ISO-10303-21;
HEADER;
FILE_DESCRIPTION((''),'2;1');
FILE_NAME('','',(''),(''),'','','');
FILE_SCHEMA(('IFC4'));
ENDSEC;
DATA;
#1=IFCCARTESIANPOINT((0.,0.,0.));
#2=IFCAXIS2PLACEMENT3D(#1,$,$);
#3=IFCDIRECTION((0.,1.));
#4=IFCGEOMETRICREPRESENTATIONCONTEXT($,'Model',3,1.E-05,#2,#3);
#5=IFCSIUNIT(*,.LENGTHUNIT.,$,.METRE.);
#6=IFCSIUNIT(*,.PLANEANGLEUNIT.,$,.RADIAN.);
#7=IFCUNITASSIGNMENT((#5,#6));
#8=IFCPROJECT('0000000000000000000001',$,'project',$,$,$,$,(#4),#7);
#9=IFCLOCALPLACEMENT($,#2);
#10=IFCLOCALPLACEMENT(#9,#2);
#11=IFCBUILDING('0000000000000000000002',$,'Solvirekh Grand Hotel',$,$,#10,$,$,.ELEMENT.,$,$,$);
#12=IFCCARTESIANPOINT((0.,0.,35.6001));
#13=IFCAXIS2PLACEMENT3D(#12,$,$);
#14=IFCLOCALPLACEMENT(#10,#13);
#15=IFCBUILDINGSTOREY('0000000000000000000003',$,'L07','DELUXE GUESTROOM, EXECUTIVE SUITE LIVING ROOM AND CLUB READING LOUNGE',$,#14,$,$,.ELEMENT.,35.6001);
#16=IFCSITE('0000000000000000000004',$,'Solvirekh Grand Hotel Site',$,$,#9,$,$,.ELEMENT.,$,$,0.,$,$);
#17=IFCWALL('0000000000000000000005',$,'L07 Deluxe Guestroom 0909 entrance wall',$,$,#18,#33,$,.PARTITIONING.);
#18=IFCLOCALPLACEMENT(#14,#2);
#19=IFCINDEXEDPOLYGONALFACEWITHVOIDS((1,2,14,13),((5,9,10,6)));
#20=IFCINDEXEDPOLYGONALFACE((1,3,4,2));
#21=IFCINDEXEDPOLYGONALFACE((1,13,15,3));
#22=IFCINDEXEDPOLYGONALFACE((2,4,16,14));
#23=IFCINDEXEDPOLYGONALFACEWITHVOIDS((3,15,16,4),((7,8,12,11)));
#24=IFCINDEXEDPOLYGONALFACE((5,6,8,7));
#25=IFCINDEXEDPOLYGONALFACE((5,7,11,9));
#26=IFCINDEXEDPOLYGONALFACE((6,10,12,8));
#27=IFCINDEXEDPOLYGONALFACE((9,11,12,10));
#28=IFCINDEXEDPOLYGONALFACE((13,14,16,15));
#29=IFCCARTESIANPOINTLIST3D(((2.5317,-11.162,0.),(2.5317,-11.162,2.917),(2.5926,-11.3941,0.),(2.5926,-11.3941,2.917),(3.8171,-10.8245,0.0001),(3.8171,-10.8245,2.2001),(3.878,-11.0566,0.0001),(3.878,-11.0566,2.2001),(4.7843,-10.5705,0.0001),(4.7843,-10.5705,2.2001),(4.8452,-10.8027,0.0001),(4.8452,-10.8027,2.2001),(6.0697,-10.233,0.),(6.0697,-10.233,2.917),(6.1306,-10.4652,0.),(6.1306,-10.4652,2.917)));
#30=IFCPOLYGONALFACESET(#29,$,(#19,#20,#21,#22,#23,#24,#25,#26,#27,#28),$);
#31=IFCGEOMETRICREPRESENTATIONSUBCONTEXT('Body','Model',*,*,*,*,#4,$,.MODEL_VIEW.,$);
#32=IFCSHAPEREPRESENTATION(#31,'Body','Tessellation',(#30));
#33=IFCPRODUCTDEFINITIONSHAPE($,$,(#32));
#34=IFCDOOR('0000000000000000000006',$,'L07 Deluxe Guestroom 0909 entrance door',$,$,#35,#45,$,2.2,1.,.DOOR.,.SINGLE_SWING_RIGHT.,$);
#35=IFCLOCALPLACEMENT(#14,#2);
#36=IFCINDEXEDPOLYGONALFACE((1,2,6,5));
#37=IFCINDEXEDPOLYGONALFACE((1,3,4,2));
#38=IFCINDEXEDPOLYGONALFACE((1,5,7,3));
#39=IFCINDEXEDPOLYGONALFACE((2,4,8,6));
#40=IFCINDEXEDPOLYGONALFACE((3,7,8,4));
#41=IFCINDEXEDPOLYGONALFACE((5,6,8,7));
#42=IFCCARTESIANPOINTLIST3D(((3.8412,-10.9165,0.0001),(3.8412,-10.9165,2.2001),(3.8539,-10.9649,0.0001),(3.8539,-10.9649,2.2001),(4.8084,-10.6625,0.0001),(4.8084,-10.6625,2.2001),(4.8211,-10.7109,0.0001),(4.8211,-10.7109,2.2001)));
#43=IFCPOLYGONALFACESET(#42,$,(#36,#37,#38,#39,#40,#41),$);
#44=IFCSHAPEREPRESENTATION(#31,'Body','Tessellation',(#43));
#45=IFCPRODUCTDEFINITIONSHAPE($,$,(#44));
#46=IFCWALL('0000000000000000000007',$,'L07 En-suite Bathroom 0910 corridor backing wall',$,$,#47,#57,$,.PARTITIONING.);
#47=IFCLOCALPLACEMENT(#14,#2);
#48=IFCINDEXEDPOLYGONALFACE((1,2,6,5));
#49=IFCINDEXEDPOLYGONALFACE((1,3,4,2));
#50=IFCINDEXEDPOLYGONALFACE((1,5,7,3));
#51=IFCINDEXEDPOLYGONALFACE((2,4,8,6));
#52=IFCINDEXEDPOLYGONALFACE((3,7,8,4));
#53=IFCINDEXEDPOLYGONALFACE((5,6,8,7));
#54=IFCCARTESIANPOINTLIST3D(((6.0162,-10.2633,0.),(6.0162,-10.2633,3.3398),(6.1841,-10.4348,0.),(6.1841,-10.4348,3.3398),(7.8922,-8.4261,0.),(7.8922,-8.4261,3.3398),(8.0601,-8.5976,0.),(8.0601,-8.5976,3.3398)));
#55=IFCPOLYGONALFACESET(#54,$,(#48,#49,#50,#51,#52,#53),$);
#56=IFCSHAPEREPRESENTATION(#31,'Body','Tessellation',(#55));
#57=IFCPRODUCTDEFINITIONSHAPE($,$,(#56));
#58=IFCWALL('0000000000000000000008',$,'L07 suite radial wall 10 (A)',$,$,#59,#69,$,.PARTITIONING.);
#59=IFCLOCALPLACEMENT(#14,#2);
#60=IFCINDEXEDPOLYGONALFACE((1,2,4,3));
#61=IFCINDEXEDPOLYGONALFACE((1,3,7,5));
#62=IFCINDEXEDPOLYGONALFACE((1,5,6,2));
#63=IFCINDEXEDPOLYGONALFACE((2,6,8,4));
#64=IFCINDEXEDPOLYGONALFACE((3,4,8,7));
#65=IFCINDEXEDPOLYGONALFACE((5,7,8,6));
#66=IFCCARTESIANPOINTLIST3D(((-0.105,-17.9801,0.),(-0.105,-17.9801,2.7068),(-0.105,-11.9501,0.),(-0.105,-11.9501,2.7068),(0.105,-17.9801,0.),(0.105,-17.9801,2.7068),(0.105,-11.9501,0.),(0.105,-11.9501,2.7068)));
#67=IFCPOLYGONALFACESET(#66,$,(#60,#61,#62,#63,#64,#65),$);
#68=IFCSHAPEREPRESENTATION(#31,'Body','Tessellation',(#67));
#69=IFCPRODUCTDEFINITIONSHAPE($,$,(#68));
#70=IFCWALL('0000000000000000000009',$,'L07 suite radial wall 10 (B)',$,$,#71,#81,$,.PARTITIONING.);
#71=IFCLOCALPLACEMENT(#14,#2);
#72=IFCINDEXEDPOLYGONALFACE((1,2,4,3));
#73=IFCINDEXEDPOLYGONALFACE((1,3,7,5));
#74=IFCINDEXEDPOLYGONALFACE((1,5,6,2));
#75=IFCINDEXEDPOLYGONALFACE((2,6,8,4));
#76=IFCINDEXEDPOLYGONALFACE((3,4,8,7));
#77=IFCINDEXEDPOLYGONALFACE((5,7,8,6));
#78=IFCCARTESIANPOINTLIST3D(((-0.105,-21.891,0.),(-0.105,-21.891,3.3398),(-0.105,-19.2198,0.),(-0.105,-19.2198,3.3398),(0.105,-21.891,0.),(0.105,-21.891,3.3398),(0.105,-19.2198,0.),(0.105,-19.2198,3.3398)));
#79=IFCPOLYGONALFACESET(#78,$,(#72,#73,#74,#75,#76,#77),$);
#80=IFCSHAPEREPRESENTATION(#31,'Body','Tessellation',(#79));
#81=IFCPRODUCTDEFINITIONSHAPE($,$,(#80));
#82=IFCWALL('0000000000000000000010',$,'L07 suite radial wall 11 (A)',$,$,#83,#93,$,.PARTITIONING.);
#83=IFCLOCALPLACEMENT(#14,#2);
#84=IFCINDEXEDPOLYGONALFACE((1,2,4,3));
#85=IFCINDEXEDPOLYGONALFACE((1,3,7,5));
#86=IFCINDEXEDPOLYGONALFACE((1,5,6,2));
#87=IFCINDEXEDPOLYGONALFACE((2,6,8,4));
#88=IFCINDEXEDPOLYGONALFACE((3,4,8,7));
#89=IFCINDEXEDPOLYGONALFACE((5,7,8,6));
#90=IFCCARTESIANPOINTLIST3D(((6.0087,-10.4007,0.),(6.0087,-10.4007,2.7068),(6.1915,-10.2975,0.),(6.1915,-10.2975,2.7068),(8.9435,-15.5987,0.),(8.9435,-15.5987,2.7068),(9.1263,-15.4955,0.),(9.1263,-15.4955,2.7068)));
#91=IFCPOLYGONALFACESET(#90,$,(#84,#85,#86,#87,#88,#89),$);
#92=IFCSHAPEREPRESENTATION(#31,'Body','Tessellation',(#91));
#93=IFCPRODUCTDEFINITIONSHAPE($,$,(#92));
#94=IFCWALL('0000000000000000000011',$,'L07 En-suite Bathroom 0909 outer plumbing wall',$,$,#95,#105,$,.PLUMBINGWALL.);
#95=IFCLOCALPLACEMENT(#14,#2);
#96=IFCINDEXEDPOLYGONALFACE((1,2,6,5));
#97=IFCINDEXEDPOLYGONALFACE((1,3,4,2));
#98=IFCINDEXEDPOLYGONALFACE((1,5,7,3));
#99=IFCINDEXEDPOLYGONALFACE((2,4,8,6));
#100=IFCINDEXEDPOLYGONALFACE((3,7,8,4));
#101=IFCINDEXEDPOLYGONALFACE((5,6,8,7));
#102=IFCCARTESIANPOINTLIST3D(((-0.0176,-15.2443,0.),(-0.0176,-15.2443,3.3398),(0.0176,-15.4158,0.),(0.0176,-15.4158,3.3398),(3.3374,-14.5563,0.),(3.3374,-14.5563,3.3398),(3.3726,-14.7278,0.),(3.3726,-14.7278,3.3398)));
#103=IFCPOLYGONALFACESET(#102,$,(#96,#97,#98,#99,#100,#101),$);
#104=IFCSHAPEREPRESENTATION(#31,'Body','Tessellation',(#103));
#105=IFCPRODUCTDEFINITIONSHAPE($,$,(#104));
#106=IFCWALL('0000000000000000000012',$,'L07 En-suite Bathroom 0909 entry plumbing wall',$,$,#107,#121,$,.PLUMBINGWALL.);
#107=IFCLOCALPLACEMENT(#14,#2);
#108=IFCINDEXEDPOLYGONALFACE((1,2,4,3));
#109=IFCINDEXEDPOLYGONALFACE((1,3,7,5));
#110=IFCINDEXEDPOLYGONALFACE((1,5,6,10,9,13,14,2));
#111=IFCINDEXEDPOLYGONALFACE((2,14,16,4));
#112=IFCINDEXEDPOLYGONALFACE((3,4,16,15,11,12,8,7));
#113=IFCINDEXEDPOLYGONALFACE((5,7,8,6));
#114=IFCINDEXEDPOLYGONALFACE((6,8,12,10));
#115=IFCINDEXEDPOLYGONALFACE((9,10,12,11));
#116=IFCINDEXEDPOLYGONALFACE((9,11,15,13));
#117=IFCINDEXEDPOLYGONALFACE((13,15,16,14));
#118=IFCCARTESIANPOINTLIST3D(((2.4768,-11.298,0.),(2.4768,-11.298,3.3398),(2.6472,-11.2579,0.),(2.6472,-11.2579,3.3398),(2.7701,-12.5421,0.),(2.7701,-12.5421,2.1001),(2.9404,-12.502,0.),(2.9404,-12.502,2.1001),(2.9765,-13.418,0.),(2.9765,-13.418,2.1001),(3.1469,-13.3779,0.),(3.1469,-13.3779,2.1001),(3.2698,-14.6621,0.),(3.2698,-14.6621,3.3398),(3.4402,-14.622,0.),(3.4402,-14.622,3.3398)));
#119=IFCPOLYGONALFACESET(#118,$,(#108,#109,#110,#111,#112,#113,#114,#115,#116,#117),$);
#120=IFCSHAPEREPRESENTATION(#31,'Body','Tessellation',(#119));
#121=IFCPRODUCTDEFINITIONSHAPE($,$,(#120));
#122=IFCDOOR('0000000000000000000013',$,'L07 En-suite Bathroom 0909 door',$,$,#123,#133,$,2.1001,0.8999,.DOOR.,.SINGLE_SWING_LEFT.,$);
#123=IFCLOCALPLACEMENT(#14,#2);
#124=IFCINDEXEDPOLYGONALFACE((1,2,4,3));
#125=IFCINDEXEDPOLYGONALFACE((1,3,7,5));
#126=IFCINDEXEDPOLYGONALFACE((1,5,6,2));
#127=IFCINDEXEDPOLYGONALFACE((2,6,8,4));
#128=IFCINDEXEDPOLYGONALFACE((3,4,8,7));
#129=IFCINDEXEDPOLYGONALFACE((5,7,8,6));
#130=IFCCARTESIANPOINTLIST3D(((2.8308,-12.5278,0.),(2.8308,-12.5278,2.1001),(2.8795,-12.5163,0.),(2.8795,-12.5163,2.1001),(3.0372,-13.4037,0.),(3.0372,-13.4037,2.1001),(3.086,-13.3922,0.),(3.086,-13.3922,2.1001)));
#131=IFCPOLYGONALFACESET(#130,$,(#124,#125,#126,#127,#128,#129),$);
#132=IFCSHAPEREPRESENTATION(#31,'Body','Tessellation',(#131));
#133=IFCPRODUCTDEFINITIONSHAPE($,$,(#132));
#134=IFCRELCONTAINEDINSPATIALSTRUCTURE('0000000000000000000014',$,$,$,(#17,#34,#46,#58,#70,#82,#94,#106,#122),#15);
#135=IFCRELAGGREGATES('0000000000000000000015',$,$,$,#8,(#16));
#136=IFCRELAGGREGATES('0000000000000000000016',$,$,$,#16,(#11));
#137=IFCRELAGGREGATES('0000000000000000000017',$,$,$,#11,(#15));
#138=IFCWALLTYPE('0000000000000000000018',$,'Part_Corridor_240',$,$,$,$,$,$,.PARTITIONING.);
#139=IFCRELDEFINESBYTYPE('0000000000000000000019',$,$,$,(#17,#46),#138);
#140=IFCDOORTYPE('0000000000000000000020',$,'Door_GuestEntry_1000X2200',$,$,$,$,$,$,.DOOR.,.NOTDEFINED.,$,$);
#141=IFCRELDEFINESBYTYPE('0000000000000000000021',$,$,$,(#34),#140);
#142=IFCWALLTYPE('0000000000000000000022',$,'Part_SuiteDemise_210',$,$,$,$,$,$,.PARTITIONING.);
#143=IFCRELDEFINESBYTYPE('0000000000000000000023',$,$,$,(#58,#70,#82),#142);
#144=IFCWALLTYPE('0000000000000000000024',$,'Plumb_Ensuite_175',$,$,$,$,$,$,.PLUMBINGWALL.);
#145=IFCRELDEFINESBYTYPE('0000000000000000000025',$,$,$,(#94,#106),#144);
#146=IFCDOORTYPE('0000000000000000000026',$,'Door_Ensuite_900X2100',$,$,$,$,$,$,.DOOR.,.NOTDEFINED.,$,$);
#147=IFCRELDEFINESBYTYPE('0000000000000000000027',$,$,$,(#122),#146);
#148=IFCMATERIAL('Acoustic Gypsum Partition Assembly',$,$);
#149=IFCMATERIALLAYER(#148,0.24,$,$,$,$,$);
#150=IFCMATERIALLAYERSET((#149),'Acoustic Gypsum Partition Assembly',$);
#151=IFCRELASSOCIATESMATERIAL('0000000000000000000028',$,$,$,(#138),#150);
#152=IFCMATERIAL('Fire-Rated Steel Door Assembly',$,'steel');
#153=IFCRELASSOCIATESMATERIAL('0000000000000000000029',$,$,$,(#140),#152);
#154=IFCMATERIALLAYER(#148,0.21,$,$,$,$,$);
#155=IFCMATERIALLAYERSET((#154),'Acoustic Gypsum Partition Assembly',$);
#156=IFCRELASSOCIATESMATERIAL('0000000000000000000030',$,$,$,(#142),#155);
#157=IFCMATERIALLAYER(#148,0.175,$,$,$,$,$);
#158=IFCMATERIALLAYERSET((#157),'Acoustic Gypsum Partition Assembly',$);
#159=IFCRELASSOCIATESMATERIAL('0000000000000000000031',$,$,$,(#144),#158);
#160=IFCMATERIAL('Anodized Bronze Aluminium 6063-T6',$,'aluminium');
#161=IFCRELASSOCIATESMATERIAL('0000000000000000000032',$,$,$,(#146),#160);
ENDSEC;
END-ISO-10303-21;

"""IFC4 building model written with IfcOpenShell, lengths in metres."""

from ifc_helpers import new_model, si_unit, direction, frame, frame_2d, origin, place, context, subcontext, project, spatial, rectangle, extrude, material, layer, layer_set, type_object, element, fill, save


model = new_model("IFC4")

# Units and contexts
model_context = context("Model", 3, precision=1e-05, world=origin(), true_north=direction((0.0, 1.0)))
body_context = subcontext(model_context, "Body", "Model", "MODEL_VIEW")
ifc_project = project(units=[si_unit("LENGTHUNIT", "METRE"), si_unit("PLANEANGLEUNIT", "RADIAN")], contexts=[model_context])

# Site, building, storey
site_placement = place(None, origin())
site = spatial("IfcSite", under=ifc_project, at=site_placement, Name="Solvirekh Grand Hotel Site", CompositionType="ELEMENT", RefElevation=0.0)
building_placement = place(site_placement, origin())
building = spatial("IfcBuilding", under=site, at=building_placement, Name="Solvirekh Grand Hotel", CompositionType="ELEMENT")
storey_placement = place(building_placement, frame((0.0, 0.0, 35.6001)))
storey = spatial("IfcBuildingStorey", under=building, at=storey_placement, Name="L07", Description="DELUXE GUESTROOM, EXECUTIVE SUITE LIVING ROOM AND CLUB READING LOUNGE", CompositionType="ELEMENT", Elevation=35.6001)

# Shared definitions
ifc_material_1 = material(Name="Fire-Rated Steel Door Assembly", Category="steel")

# Shared definitions
ifc_material_2 = material(Name="Acoustic Gypsum Partition Assembly")
ifc_layer_1 = layer(ifc_material_2, 0.24)
ifc_layer_set_1 = layer_set([ifc_layer_1], Name="Acoustic Gypsum Partition Assembly")
wall_type_1 = type_object("IfcWallType", Name="Part_Corridor_240", PredefinedType="PARTITIONING", material=ifc_layer_set_1)

# Wall, opening, door
wall_1_placement = place(storey_placement, frame((2.562, -11.2781, 0.0), z_axis=(0.0, 0.0, 1.0), x_axis=(0.967217, 0.253951, 0.0)))
wall_1 = element("IfcWall", 1, at=wall_1_placement, inside=storey, type_object=wall_type_1, Name="L07 Deluxe Guestroom 0909 entrance wall", PredefinedType="PARTITIONING", context=body_context, shape_type="SweptSolid", body=[
    extrude(rectangle(XDim=3.658, YDim=0.24, at=frame_2d((1.8291, 0.0))), origin(), (0.0, 0.0, 1.0), 2.917),
])
opening_1_placement = place(wall_1_placement, frame((1.3291, 0.0, 0.0)))
opening_1 = element("IfcOpeningElement", 2, at=opening_1_placement, cuts=wall_1, PredefinedType="OPENING", context=body_context, shape_type="SweptSolid", body=[
    extrude(rectangle(XDim=1.0, YDim=2.2, at=frame_2d((0.5, 1.1001))), frame((0.0, 0.1299, 0.0), z_axis=(0.0, -1.0, 0.0), x_axis=(1.0, 0.0, 0.0)), (0.0, 0.0, 1.0), 0.26),
])
door_type_1 = type_object("IfcDoorType", Name="Door_GuestEntry_1000X2200", OperationType="NOTDEFINED", PredefinedType="DOOR", material=ifc_material_1)
door_1_placement = place(opening_1_placement, origin())
door_1 = element("IfcDoor", 3, at=door_1_placement, inside=storey, type_object=door_type_1, Name="L07 Deluxe Guestroom 0909 entrance door", OperationType="SINGLE_SWING_RIGHT", OverallHeight=2.2, OverallWidth=1.0, PredefinedType="DOOR", context=body_context, shape_type="SweptSolid", body=[
    extrude(rectangle(XDim=1.0, YDim=2.2, at=frame_2d((0.5, 1.1001))), frame((0.0, 0.0249, 0.0), z_axis=(0.0, -1.0, 0.0), x_axis=(1.0, 0.0, 0.0)), (0.0, 0.0, 1.0), 0.05),
])
fill(opening_1, door_1)

# Walls
wall_2_placement = place(storey_placement, frame((6.1001, -10.3491, 0.0), z_axis=(0.0, 0.0, 1.0), x_axis=(0.71446, 0.699676, 0.0)))
element("IfcWall", 4, at=wall_2_placement, inside=storey, type_object=wall_type_1, Name="L07 En-suite Bathroom 0910 corridor backing wall", PredefinedType="PARTITIONING", context=body_context, shape_type="SweptSolid", body=[
    extrude(rectangle(XDim=2.6257, YDim=0.24, at=frame_2d((1.313, 0.0))), origin(), (0.0, 0.0, 1.0), 3.3398),
])
ifc_layer_2 = layer(ifc_material_2, 0.21)
ifc_layer_set_2 = layer_set([ifc_layer_2], Name="Acoustic Gypsum Partition Assembly")
wall_type_2 = type_object("IfcWallType", Name="Part_SuiteDemise_210", PredefinedType="PARTITIONING", material=ifc_layer_set_2)
wall_3_placement = place(storey_placement, frame((0.0, -11.95, 0.0), z_axis=(0.0, 0.0, 1.0), x_axis=(0.0, -1.0, 0.0)))
element("IfcWall", 5, at=wall_3_placement, inside=storey, type_object=wall_type_2, Name="L07 suite radial wall 10 (A)", PredefinedType="PARTITIONING", context=body_context, shape_type="SweptSolid", body=[
    extrude(rectangle(XDim=6.03, YDim=0.21, at=frame_2d((3.0151, 0.0))), origin(), (0.0, 0.0, 1.0), 2.7068),
])
wall_4_placement = place(storey_placement, frame((0.0, -19.22, 0.0), z_axis=(0.0, 0.0, 1.0), x_axis=(0.0, -1.0, 0.0)))
element("IfcWall", 6, at=wall_4_placement, inside=storey, type_object=wall_type_2, Name="L07 suite radial wall 10 (B)", PredefinedType="PARTITIONING", context=body_context, shape_type="SweptSolid", body=[
    extrude(rectangle(XDim=2.6711, YDim=0.21, at=frame_2d((1.3354, 0.0))), origin(), (0.0, 0.0, 1.0), 3.3398),
])
wall_5_placement = place(storey_placement, frame((6.1001, -10.3491, 0.0), z_axis=(0.0, 0.0, 1.0), x_axis=(0.491653, -0.870791, 0.0)))
element("IfcWall", 7, at=wall_5_placement, inside=storey, type_object=wall_type_2, Name="L07 suite radial wall 11 (A)", PredefinedType="PARTITIONING", context=body_context, shape_type="SweptSolid", body=[
    extrude(rectangle(XDim=5.9692, YDim=0.21, at=frame_2d((2.9846, 0.0))), origin(), (0.0, 0.0, 1.0), 2.7068),
])
ifc_layer_3 = layer(ifc_material_2, 0.175)
ifc_layer_set_3 = layer_set([ifc_layer_3], Name="Acoustic Gypsum Partition Assembly")
wall_type_3 = type_object("IfcWallType", Name="Plumb_Ensuite_175", PredefinedType="PLUMBINGWALL", material=ifc_layer_set_3)
wall_6_placement = place(storey_placement, frame((0.0, -15.3301, 0.0), z_axis=(0.0, 0.0, 1.0), x_axis=(0.979615, 0.200885, 0.0)))
element("IfcWall", 8, at=wall_6_placement, inside=storey, type_object=wall_type_3, Name="L07 En-suite Bathroom 0909 outer plumbing wall", PredefinedType="PLUMBINGWALL", context=body_context, shape_type="SweptSolid", body=[
    extrude(rectangle(XDim=3.4248, YDim=0.175, at=frame_2d((1.7124, 0.0))), origin(), (0.0, 0.0, 1.0), 3.3398),
])

# Wall, opening, door
wall_7_placement = place(storey_placement, frame((2.562, -11.2781, 0.0), z_axis=(0.0, 0.0, 1.0), x_axis=(0.229433, -0.973324, 0.0)))
wall_7 = element("IfcWall", 9, at=wall_7_placement, inside=storey, type_object=wall_type_3, Name="L07 En-suite Bathroom 0909 entry plumbing wall", PredefinedType="PLUMBINGWALL", context=body_context, shape_type="SweptSolid", body=[
    extrude(rectangle(XDim=3.4563, YDim=0.175, at=frame_2d((1.728, 0.0))), origin(), (0.0, 0.0, 1.0), 3.3398),
])
opening_2_placement = place(wall_7_placement, frame((1.2781, 0.0, 0.0)))
opening_2 = element("IfcOpeningElement", 10, at=opening_2_placement, cuts=wall_7, PredefinedType="OPENING", context=body_context, shape_type="SweptSolid", body=[
    extrude(rectangle(XDim=0.8999, YDim=2.1001, at=frame_2d((0.45, 1.05))), frame((0.0, 0.0977, 0.0), z_axis=(0.0, -1.0, 0.0), x_axis=(1.0, 0.0, 0.0)), (0.0, 0.0, 1.0), 0.1951),
])
ifc_material_3 = material(Name="Anodized Bronze Aluminium 6063-T6", Category="aluminium")
door_type_2 = type_object("IfcDoorType", Name="Door_Ensuite_900X2100", OperationType="NOTDEFINED", PredefinedType="DOOR", material=ifc_material_3)
door_2_placement = place(opening_2_placement, origin())
door_2 = element("IfcDoor", 11, at=door_2_placement, inside=storey, type_object=door_type_2, Name="L07 En-suite Bathroom 0909 door", OperationType="SINGLE_SWING_LEFT", OverallHeight=2.1001, OverallWidth=0.8999, PredefinedType="DOOR", context=body_context, shape_type="SweptSolid", body=[
    extrude(rectangle(XDim=0.8999, YDim=2.1001, at=frame_2d((0.45, 1.05))), frame((0.0, 0.0249, 0.0), z_axis=(0.0, -1.0, 0.0), x_axis=(1.0, 0.0, 0.0)), (0.0, 0.0, 1.0), 0.05),
])
fill(opening_2, door_2)

save(model, "model.ifc")
